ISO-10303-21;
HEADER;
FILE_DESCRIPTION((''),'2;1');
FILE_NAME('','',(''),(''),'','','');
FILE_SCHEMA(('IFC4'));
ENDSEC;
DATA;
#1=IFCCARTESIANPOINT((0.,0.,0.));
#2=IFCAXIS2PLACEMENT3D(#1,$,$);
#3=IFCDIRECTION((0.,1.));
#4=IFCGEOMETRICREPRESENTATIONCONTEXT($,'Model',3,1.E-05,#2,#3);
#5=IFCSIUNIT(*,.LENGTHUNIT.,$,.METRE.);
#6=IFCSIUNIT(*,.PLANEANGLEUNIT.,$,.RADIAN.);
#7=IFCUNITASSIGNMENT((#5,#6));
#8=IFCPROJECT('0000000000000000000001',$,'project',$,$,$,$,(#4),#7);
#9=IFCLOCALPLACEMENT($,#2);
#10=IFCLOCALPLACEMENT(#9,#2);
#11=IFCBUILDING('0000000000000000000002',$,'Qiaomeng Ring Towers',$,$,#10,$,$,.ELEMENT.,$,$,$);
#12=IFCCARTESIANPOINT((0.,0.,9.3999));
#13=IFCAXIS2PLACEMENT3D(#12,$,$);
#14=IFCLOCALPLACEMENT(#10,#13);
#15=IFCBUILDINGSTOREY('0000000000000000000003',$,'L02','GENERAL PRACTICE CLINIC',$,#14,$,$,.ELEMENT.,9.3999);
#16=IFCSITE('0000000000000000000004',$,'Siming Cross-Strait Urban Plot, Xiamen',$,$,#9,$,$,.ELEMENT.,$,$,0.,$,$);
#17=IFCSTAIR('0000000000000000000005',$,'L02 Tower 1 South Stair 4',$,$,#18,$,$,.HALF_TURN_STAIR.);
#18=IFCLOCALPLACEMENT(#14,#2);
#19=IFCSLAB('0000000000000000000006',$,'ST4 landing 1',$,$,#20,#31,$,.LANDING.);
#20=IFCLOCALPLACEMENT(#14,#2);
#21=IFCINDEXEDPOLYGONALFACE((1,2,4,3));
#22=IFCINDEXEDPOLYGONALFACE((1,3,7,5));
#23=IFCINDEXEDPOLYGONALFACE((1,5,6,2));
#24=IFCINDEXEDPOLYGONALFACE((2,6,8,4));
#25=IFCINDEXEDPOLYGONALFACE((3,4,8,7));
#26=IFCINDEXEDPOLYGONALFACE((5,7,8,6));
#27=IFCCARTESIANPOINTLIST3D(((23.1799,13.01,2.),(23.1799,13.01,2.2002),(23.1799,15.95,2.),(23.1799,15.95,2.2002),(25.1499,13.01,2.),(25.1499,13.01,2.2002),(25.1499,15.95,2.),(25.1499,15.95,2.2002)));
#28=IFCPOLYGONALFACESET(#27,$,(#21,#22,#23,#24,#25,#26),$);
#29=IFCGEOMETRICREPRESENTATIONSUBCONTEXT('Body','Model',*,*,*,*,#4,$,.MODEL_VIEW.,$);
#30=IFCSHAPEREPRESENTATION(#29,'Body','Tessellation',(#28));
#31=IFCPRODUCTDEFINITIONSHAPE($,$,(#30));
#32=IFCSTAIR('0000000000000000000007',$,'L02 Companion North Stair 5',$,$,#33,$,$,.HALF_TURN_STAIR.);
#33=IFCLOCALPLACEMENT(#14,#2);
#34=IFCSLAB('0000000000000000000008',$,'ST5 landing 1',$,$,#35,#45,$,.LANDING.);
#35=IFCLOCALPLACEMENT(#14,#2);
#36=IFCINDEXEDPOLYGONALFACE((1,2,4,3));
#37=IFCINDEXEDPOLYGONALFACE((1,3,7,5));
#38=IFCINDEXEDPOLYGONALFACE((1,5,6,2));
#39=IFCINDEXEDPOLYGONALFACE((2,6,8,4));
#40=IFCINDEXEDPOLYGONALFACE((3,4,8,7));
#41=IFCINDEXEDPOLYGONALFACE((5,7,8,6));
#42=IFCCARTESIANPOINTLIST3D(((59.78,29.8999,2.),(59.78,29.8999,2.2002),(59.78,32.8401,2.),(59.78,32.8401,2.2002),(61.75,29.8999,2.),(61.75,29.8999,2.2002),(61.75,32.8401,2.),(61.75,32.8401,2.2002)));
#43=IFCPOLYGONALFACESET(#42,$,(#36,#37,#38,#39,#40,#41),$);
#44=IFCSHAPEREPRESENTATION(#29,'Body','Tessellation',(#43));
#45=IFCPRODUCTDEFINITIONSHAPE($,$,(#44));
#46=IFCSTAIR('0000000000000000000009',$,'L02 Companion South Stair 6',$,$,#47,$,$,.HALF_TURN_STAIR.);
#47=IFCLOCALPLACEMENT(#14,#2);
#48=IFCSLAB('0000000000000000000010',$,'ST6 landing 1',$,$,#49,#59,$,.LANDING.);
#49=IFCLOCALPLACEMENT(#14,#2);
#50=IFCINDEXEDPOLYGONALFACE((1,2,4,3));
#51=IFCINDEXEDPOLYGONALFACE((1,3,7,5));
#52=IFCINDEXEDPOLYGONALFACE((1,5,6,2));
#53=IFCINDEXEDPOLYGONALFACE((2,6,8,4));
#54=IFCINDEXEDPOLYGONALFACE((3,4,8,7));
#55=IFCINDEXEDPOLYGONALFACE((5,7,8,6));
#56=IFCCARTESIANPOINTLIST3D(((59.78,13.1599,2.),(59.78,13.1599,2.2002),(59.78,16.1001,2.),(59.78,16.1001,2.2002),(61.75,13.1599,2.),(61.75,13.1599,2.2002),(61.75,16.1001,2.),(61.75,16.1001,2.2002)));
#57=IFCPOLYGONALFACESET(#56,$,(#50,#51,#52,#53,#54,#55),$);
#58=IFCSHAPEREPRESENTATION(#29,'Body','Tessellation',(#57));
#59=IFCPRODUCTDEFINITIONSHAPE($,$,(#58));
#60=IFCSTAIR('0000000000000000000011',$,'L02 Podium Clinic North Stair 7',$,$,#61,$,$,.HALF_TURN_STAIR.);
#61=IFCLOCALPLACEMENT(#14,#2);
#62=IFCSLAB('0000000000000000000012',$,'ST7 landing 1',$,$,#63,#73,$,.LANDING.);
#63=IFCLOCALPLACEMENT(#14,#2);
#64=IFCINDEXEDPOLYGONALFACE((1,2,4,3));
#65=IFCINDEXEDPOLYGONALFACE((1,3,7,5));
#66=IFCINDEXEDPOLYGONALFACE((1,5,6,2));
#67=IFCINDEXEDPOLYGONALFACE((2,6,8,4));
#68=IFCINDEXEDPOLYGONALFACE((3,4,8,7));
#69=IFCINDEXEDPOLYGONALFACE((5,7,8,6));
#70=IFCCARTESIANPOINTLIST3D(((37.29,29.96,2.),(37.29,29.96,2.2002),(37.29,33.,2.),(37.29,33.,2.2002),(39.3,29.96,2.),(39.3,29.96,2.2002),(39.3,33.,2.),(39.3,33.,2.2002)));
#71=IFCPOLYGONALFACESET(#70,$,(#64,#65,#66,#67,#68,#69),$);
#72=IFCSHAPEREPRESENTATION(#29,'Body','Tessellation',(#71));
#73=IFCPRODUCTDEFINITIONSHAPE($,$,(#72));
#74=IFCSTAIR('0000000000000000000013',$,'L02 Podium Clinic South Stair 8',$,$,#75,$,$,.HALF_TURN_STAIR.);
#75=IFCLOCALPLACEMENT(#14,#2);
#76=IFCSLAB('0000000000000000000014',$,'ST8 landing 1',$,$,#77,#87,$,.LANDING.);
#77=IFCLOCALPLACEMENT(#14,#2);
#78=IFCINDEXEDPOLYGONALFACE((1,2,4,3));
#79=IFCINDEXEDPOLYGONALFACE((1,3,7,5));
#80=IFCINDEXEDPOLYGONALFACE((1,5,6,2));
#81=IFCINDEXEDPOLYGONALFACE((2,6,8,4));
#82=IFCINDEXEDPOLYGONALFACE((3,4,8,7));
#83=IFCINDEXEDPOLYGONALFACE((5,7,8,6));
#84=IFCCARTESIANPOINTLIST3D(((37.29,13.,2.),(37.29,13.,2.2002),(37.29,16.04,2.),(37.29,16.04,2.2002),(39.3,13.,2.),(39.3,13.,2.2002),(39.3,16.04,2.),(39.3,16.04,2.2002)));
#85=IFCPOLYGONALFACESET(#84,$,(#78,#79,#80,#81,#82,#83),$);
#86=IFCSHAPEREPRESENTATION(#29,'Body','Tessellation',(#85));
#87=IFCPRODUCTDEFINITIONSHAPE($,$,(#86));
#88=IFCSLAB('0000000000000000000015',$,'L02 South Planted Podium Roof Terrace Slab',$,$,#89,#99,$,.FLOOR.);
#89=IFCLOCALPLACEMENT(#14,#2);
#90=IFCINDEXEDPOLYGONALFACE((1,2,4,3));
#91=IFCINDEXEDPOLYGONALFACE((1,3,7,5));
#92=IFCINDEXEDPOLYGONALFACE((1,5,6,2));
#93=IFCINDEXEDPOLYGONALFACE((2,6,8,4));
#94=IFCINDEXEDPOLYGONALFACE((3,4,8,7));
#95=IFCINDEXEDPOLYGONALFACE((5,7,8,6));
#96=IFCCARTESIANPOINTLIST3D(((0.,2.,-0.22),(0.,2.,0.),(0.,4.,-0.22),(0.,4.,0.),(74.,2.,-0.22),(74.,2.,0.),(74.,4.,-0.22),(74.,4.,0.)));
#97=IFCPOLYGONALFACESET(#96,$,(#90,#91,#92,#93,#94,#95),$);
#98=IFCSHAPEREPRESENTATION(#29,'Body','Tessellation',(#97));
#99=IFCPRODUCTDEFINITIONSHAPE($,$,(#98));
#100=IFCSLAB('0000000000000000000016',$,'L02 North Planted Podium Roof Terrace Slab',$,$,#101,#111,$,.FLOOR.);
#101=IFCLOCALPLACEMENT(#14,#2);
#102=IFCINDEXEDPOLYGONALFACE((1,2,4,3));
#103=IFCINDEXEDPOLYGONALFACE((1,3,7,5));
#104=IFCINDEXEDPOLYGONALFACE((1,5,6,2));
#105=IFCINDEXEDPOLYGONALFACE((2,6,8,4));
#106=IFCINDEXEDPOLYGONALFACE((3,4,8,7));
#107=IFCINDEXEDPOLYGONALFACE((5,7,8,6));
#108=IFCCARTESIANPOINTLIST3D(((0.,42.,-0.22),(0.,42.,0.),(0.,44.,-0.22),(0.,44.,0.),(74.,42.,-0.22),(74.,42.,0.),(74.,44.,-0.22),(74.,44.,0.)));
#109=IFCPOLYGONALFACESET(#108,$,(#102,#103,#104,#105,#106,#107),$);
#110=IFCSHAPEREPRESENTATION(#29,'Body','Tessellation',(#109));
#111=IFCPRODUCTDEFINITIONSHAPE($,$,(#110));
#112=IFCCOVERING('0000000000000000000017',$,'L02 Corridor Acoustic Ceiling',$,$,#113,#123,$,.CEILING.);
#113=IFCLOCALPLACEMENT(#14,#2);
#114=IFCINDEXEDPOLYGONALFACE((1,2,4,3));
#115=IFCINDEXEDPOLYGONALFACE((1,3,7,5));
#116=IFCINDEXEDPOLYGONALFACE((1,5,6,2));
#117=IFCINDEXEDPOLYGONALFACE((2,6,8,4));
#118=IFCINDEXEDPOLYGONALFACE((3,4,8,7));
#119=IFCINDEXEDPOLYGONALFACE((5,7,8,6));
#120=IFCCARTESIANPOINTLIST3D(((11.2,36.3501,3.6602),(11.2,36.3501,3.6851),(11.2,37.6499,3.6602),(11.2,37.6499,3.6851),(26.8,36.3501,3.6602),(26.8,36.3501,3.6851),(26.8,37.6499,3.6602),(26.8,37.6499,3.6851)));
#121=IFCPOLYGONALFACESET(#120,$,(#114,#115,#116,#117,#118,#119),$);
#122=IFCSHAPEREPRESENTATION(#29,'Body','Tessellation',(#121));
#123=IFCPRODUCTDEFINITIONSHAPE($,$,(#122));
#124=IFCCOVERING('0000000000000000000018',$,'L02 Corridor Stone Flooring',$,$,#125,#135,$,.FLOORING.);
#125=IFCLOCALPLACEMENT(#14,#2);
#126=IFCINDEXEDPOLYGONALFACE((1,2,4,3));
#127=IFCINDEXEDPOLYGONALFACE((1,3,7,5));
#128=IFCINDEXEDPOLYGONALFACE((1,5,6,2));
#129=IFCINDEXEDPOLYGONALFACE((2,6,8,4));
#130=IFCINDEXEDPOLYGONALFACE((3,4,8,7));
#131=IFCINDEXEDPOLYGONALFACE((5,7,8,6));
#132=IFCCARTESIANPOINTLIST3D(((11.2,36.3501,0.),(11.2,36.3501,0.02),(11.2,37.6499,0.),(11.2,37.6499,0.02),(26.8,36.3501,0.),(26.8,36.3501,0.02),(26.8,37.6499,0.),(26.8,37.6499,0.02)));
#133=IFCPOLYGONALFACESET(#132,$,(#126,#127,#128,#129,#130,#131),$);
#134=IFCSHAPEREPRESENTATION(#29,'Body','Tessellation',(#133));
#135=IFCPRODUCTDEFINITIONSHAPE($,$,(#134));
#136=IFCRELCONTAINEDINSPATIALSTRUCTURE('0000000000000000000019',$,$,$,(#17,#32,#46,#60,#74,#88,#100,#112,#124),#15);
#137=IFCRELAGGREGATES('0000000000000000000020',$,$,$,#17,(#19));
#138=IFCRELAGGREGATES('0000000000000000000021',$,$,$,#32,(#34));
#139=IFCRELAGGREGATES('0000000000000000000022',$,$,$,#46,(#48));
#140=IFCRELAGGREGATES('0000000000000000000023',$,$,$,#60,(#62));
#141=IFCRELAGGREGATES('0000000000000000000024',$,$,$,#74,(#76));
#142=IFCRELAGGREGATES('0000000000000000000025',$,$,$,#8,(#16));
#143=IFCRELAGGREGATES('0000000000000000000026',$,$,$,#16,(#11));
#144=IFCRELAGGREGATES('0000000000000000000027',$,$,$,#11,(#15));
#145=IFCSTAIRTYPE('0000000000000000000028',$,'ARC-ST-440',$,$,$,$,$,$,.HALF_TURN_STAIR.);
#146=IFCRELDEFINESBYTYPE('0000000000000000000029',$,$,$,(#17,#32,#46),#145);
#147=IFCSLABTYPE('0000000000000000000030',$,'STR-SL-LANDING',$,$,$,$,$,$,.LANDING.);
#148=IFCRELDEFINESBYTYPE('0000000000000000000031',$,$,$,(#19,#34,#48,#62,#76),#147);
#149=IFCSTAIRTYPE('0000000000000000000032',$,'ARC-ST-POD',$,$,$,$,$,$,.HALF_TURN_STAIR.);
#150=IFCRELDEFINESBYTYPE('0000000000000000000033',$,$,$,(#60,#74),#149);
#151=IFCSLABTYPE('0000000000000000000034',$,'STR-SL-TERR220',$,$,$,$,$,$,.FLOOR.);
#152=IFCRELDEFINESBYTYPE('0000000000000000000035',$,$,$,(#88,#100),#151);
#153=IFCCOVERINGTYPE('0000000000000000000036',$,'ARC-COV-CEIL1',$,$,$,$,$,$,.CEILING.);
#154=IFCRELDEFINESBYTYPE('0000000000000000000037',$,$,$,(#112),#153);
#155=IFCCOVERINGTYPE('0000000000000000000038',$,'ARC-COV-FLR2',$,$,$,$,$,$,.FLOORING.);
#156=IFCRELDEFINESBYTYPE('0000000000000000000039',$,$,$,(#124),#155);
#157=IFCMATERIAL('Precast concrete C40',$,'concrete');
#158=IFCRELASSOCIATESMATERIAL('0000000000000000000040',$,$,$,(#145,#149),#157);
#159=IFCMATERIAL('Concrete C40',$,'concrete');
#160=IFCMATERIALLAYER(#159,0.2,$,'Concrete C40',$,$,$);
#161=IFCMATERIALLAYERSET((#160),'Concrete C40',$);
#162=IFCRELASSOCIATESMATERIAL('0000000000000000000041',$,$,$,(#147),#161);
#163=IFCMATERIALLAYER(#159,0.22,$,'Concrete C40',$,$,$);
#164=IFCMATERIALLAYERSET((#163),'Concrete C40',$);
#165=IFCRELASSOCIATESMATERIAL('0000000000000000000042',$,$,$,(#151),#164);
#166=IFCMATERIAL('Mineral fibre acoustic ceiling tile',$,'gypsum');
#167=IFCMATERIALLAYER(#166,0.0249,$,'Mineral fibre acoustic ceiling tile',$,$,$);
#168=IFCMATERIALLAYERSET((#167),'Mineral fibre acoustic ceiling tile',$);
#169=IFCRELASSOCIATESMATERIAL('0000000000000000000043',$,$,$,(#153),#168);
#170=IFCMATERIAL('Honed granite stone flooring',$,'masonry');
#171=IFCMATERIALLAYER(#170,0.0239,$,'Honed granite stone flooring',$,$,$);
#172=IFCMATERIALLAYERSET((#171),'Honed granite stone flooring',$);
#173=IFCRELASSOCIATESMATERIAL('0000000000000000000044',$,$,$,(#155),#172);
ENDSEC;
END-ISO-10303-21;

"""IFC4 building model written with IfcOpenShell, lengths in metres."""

from ifc_helpers import new_model, si_unit, direction, frame, origin, place, context, subcontext, project, spatial, polyline, outline, extrude, material, layer, layer_set, type_object, element, aggregate, save


model = new_model("IFC4")

# Units and contexts
model_context = context("Model", 3, precision=1e-05, world=origin(), true_north=direction((0.0, 1.0)))
body_context = subcontext(model_context, "Body", "Model", "MODEL_VIEW")
ifc_project = project(units=[si_unit("LENGTHUNIT", "METRE"), si_unit("PLANEANGLEUNIT", "RADIAN")], contexts=[model_context])

# Site, building, storey
site_placement = place(None, origin())
site = spatial("IfcSite", under=ifc_project, at=site_placement, Name="Siming Cross-Strait Urban Plot, Xiamen", CompositionType="ELEMENT", RefElevation=0.0)
building_placement = place(site_placement, origin())
building = spatial("IfcBuilding", under=site, at=building_placement, Name="Qiaomeng Ring Towers", CompositionType="ELEMENT")
storey_placement = place(building_placement, frame((0.0, 0.0, 9.3999)))
storey = spatial("IfcBuildingStorey", under=building, at=storey_placement, Name="L02", Description="GENERAL PRACTICE CLINIC", CompositionType="ELEMENT", Elevation=9.3999)

# Shared definitions
ifc_material_1 = material(Name="Concrete C40", Category="concrete")

# Stairs, slabs
ifc_material_2 = material(Name="Precast concrete C40", Category="concrete")
stair_type_1 = type_object("IfcStairType", Name="ARC-ST-440", PredefinedType="HALF_TURN_STAIR", material=ifc_material_2)
ifc_layer_1 = layer(ifc_material_1, 0.2, Name="Concrete C40")
ifc_layer_set_1 = layer_set([ifc_layer_1], Name="Concrete C40")
slab_type_1 = type_object("IfcSlabType", Name="STR-SL-LANDING", PredefinedType="LANDING", material=ifc_layer_set_1)
stair_1_placement = place(storey_placement, origin())
stair_1 = element("IfcStair", 1, at=stair_1_placement, inside=storey, type_object=stair_type_1, Name="L02 Tower 1 South Stair 4", PredefinedType="HALF_TURN_STAIR")
slab_1_placement = place(storey_placement, frame((0.0, 0.0, 2.0)))
slab_1 = element("IfcSlab", 2, at=slab_1_placement, type_object=slab_type_1, Name="ST4 landing 1", PredefinedType="LANDING", context=body_context, shape_type="SweptSolid", body=[
    extrude(outline(polyline([(23.1799, 13.01), (25.1499, 13.01), (25.1499, 15.95), (23.1799, 15.95), (23.1799, 13.01)])), origin(), (0.0, 0.0, 1.0), 0.2002),
])
aggregate(stair_1, [slab_1])
stair_2_placement = place(storey_placement, origin())
stair_2 = element("IfcStair", 3, at=stair_2_placement, inside=storey, type_object=stair_type_1, Name="L02 Companion North Stair 5", PredefinedType="HALF_TURN_STAIR")
slab_2_placement = place(storey_placement, frame((0.0, 0.0, 2.0)))
slab_2 = element("IfcSlab", 4, at=slab_2_placement, type_object=slab_type_1, Name="ST5 landing 1", PredefinedType="LANDING", context=body_context, shape_type="SweptSolid", body=[
    extrude(outline(polyline([(59.78, 29.8999), (61.75, 29.8999), (61.75, 32.8401), (59.78, 32.8401), (59.78, 29.8999)])), origin(), (0.0, 0.0, 1.0), 0.2002),
])
aggregate(stair_2, [slab_2])
stair_3_placement = place(storey_placement, origin())
stair_3 = element("IfcStair", 5, at=stair_3_placement, inside=storey, type_object=stair_type_1, Name="L02 Companion South Stair 6", PredefinedType="HALF_TURN_STAIR")
slab_3_placement = place(storey_placement, frame((0.0, 0.0, 2.0)))
slab_3 = element("IfcSlab", 6, at=slab_3_placement, type_object=slab_type_1, Name="ST6 landing 1", PredefinedType="LANDING", context=body_context, shape_type="SweptSolid", body=[
    extrude(outline(polyline([(59.78, 13.1599), (61.75, 13.1599), (61.75, 16.1001), (59.78, 16.1001), (59.78, 13.1599)])), origin(), (0.0, 0.0, 1.0), 0.2002),
])
aggregate(stair_3, [slab_3])
stair_type_2 = type_object("IfcStairType", Name="ARC-ST-POD", PredefinedType="HALF_TURN_STAIR", material=ifc_material_2)
stair_4_placement = place(storey_placement, origin())
stair_4 = element("IfcStair", 7, at=stair_4_placement, inside=storey, type_object=stair_type_2, Name="L02 Podium Clinic North Stair 7", PredefinedType="HALF_TURN_STAIR")
slab_4_placement = place(storey_placement, frame((0.0, 0.0, 2.0)))
slab_4 = element("IfcSlab", 8, at=slab_4_placement, type_object=slab_type_1, Name="ST7 landing 1", PredefinedType="LANDING", context=body_context, shape_type="SweptSolid", body=[
    extrude(outline(polyline([(37.29, 29.96), (39.3, 29.96), (39.3, 33.0), (37.29, 33.0), (37.29, 29.96)])), origin(), (0.0, 0.0, 1.0), 0.2002),
])
aggregate(stair_4, [slab_4])
stair_5_placement = place(storey_placement, origin())
stair_5 = element("IfcStair", 9, at=stair_5_placement, inside=storey, type_object=stair_type_2, Name="L02 Podium Clinic South Stair 8", PredefinedType="HALF_TURN_STAIR")
slab_5_placement = place(storey_placement, frame((0.0, 0.0, 2.0)))
slab_5 = element("IfcSlab", 10, at=slab_5_placement, type_object=slab_type_1, Name="ST8 landing 1", PredefinedType="LANDING", context=body_context, shape_type="SweptSolid", body=[
    extrude(outline(polyline([(37.29, 13.0), (39.3, 13.0), (39.3, 16.04), (37.29, 16.04), (37.29, 13.0)])), origin(), (0.0, 0.0, 1.0), 0.2002),
])
aggregate(stair_5, [slab_5])

# Slabs
ifc_layer_2 = layer(ifc_material_1, 0.22, Name="Concrete C40")
ifc_layer_set_2 = layer_set([ifc_layer_2], Name="Concrete C40")
slab_type_2 = type_object("IfcSlabType", Name="STR-SL-TERR220", PredefinedType="FLOOR", material=ifc_layer_set_2)
slab_6_placement = place(storey_placement, frame((0.0, 0.0, -0.22)))
element("IfcSlab", 11, at=slab_6_placement, inside=storey, type_object=slab_type_2, Name="L02 South Planted Podium Roof Terrace Slab", PredefinedType="FLOOR", context=body_context, shape_type="SweptSolid", body=[
    extrude(outline(polyline([(0.0, 2.0), (74.0, 2.0), (74.0, 4.0), (0.0, 4.0), (0.0, 2.0)])), origin(), (0.0, 0.0, 1.0), 0.22),
])
slab_7_placement = place(storey_placement, frame((0.0, 0.0, -0.22)))
element("IfcSlab", 12, at=slab_7_placement, inside=storey, type_object=slab_type_2, Name="L02 North Planted Podium Roof Terrace Slab", PredefinedType="FLOOR", context=body_context, shape_type="SweptSolid", body=[
    extrude(outline(polyline([(0.0, 42.0), (74.0, 42.0), (74.0, 44.0), (0.0, 44.0), (0.0, 42.0)])), origin(), (0.0, 0.0, 1.0), 0.22),
])

# Coverings
ifc_material_3 = material(Name="Mineral fibre acoustic ceiling tile", Category="gypsum")
ifc_layer_3 = layer(ifc_material_3, 0.0249, Name="Mineral fibre acoustic ceiling tile")
ifc_layer_set_3 = layer_set([ifc_layer_3], Name="Mineral fibre acoustic ceiling tile")
covering_type_1 = type_object("IfcCoveringType", Name="ARC-COV-CEIL1", PredefinedType="CEILING", material=ifc_layer_set_3)
covering_1_placement = place(storey_placement, frame((0.0, 0.0, 3.6602)))
element("IfcCovering", 13, at=covering_1_placement, inside=storey, type_object=covering_type_1, Name="L02 Corridor Acoustic Ceiling", PredefinedType="CEILING", context=body_context, shape_type="SweptSolid", body=[
    extrude(outline(polyline([(11.2, 36.3501), (11.2, 37.6499), (26.8, 37.6499), (26.8, 36.3501), (11.2, 36.3501)])), origin(), (0.0, 0.0, 1.0), 0.0249),
])
ifc_material_4 = material(Name="Honed granite stone flooring", Category="masonry")
ifc_layer_4 = layer(ifc_material_4, 0.0239, Name="Honed granite stone flooring")
ifc_layer_set_4 = layer_set([ifc_layer_4], Name="Honed granite stone flooring")
covering_type_2 = type_object("IfcCoveringType", Name="ARC-COV-FLR2", PredefinedType="FLOORING", material=ifc_layer_set_4)
covering_2_placement = place(storey_placement, origin())
element("IfcCovering", 14, at=covering_2_placement, inside=storey, type_object=covering_type_2, Name="L02 Corridor Stone Flooring", PredefinedType="FLOORING", context=body_context, shape_type="SweptSolid", body=[
    extrude(outline(polyline([(11.2, 36.3501), (11.2, 37.6499), (26.8, 37.6499), (26.8, 36.3501), (11.2, 36.3501)])), origin(), (0.0, 0.0, 1.0), 0.02),
])

save(model, "model.ifc")
